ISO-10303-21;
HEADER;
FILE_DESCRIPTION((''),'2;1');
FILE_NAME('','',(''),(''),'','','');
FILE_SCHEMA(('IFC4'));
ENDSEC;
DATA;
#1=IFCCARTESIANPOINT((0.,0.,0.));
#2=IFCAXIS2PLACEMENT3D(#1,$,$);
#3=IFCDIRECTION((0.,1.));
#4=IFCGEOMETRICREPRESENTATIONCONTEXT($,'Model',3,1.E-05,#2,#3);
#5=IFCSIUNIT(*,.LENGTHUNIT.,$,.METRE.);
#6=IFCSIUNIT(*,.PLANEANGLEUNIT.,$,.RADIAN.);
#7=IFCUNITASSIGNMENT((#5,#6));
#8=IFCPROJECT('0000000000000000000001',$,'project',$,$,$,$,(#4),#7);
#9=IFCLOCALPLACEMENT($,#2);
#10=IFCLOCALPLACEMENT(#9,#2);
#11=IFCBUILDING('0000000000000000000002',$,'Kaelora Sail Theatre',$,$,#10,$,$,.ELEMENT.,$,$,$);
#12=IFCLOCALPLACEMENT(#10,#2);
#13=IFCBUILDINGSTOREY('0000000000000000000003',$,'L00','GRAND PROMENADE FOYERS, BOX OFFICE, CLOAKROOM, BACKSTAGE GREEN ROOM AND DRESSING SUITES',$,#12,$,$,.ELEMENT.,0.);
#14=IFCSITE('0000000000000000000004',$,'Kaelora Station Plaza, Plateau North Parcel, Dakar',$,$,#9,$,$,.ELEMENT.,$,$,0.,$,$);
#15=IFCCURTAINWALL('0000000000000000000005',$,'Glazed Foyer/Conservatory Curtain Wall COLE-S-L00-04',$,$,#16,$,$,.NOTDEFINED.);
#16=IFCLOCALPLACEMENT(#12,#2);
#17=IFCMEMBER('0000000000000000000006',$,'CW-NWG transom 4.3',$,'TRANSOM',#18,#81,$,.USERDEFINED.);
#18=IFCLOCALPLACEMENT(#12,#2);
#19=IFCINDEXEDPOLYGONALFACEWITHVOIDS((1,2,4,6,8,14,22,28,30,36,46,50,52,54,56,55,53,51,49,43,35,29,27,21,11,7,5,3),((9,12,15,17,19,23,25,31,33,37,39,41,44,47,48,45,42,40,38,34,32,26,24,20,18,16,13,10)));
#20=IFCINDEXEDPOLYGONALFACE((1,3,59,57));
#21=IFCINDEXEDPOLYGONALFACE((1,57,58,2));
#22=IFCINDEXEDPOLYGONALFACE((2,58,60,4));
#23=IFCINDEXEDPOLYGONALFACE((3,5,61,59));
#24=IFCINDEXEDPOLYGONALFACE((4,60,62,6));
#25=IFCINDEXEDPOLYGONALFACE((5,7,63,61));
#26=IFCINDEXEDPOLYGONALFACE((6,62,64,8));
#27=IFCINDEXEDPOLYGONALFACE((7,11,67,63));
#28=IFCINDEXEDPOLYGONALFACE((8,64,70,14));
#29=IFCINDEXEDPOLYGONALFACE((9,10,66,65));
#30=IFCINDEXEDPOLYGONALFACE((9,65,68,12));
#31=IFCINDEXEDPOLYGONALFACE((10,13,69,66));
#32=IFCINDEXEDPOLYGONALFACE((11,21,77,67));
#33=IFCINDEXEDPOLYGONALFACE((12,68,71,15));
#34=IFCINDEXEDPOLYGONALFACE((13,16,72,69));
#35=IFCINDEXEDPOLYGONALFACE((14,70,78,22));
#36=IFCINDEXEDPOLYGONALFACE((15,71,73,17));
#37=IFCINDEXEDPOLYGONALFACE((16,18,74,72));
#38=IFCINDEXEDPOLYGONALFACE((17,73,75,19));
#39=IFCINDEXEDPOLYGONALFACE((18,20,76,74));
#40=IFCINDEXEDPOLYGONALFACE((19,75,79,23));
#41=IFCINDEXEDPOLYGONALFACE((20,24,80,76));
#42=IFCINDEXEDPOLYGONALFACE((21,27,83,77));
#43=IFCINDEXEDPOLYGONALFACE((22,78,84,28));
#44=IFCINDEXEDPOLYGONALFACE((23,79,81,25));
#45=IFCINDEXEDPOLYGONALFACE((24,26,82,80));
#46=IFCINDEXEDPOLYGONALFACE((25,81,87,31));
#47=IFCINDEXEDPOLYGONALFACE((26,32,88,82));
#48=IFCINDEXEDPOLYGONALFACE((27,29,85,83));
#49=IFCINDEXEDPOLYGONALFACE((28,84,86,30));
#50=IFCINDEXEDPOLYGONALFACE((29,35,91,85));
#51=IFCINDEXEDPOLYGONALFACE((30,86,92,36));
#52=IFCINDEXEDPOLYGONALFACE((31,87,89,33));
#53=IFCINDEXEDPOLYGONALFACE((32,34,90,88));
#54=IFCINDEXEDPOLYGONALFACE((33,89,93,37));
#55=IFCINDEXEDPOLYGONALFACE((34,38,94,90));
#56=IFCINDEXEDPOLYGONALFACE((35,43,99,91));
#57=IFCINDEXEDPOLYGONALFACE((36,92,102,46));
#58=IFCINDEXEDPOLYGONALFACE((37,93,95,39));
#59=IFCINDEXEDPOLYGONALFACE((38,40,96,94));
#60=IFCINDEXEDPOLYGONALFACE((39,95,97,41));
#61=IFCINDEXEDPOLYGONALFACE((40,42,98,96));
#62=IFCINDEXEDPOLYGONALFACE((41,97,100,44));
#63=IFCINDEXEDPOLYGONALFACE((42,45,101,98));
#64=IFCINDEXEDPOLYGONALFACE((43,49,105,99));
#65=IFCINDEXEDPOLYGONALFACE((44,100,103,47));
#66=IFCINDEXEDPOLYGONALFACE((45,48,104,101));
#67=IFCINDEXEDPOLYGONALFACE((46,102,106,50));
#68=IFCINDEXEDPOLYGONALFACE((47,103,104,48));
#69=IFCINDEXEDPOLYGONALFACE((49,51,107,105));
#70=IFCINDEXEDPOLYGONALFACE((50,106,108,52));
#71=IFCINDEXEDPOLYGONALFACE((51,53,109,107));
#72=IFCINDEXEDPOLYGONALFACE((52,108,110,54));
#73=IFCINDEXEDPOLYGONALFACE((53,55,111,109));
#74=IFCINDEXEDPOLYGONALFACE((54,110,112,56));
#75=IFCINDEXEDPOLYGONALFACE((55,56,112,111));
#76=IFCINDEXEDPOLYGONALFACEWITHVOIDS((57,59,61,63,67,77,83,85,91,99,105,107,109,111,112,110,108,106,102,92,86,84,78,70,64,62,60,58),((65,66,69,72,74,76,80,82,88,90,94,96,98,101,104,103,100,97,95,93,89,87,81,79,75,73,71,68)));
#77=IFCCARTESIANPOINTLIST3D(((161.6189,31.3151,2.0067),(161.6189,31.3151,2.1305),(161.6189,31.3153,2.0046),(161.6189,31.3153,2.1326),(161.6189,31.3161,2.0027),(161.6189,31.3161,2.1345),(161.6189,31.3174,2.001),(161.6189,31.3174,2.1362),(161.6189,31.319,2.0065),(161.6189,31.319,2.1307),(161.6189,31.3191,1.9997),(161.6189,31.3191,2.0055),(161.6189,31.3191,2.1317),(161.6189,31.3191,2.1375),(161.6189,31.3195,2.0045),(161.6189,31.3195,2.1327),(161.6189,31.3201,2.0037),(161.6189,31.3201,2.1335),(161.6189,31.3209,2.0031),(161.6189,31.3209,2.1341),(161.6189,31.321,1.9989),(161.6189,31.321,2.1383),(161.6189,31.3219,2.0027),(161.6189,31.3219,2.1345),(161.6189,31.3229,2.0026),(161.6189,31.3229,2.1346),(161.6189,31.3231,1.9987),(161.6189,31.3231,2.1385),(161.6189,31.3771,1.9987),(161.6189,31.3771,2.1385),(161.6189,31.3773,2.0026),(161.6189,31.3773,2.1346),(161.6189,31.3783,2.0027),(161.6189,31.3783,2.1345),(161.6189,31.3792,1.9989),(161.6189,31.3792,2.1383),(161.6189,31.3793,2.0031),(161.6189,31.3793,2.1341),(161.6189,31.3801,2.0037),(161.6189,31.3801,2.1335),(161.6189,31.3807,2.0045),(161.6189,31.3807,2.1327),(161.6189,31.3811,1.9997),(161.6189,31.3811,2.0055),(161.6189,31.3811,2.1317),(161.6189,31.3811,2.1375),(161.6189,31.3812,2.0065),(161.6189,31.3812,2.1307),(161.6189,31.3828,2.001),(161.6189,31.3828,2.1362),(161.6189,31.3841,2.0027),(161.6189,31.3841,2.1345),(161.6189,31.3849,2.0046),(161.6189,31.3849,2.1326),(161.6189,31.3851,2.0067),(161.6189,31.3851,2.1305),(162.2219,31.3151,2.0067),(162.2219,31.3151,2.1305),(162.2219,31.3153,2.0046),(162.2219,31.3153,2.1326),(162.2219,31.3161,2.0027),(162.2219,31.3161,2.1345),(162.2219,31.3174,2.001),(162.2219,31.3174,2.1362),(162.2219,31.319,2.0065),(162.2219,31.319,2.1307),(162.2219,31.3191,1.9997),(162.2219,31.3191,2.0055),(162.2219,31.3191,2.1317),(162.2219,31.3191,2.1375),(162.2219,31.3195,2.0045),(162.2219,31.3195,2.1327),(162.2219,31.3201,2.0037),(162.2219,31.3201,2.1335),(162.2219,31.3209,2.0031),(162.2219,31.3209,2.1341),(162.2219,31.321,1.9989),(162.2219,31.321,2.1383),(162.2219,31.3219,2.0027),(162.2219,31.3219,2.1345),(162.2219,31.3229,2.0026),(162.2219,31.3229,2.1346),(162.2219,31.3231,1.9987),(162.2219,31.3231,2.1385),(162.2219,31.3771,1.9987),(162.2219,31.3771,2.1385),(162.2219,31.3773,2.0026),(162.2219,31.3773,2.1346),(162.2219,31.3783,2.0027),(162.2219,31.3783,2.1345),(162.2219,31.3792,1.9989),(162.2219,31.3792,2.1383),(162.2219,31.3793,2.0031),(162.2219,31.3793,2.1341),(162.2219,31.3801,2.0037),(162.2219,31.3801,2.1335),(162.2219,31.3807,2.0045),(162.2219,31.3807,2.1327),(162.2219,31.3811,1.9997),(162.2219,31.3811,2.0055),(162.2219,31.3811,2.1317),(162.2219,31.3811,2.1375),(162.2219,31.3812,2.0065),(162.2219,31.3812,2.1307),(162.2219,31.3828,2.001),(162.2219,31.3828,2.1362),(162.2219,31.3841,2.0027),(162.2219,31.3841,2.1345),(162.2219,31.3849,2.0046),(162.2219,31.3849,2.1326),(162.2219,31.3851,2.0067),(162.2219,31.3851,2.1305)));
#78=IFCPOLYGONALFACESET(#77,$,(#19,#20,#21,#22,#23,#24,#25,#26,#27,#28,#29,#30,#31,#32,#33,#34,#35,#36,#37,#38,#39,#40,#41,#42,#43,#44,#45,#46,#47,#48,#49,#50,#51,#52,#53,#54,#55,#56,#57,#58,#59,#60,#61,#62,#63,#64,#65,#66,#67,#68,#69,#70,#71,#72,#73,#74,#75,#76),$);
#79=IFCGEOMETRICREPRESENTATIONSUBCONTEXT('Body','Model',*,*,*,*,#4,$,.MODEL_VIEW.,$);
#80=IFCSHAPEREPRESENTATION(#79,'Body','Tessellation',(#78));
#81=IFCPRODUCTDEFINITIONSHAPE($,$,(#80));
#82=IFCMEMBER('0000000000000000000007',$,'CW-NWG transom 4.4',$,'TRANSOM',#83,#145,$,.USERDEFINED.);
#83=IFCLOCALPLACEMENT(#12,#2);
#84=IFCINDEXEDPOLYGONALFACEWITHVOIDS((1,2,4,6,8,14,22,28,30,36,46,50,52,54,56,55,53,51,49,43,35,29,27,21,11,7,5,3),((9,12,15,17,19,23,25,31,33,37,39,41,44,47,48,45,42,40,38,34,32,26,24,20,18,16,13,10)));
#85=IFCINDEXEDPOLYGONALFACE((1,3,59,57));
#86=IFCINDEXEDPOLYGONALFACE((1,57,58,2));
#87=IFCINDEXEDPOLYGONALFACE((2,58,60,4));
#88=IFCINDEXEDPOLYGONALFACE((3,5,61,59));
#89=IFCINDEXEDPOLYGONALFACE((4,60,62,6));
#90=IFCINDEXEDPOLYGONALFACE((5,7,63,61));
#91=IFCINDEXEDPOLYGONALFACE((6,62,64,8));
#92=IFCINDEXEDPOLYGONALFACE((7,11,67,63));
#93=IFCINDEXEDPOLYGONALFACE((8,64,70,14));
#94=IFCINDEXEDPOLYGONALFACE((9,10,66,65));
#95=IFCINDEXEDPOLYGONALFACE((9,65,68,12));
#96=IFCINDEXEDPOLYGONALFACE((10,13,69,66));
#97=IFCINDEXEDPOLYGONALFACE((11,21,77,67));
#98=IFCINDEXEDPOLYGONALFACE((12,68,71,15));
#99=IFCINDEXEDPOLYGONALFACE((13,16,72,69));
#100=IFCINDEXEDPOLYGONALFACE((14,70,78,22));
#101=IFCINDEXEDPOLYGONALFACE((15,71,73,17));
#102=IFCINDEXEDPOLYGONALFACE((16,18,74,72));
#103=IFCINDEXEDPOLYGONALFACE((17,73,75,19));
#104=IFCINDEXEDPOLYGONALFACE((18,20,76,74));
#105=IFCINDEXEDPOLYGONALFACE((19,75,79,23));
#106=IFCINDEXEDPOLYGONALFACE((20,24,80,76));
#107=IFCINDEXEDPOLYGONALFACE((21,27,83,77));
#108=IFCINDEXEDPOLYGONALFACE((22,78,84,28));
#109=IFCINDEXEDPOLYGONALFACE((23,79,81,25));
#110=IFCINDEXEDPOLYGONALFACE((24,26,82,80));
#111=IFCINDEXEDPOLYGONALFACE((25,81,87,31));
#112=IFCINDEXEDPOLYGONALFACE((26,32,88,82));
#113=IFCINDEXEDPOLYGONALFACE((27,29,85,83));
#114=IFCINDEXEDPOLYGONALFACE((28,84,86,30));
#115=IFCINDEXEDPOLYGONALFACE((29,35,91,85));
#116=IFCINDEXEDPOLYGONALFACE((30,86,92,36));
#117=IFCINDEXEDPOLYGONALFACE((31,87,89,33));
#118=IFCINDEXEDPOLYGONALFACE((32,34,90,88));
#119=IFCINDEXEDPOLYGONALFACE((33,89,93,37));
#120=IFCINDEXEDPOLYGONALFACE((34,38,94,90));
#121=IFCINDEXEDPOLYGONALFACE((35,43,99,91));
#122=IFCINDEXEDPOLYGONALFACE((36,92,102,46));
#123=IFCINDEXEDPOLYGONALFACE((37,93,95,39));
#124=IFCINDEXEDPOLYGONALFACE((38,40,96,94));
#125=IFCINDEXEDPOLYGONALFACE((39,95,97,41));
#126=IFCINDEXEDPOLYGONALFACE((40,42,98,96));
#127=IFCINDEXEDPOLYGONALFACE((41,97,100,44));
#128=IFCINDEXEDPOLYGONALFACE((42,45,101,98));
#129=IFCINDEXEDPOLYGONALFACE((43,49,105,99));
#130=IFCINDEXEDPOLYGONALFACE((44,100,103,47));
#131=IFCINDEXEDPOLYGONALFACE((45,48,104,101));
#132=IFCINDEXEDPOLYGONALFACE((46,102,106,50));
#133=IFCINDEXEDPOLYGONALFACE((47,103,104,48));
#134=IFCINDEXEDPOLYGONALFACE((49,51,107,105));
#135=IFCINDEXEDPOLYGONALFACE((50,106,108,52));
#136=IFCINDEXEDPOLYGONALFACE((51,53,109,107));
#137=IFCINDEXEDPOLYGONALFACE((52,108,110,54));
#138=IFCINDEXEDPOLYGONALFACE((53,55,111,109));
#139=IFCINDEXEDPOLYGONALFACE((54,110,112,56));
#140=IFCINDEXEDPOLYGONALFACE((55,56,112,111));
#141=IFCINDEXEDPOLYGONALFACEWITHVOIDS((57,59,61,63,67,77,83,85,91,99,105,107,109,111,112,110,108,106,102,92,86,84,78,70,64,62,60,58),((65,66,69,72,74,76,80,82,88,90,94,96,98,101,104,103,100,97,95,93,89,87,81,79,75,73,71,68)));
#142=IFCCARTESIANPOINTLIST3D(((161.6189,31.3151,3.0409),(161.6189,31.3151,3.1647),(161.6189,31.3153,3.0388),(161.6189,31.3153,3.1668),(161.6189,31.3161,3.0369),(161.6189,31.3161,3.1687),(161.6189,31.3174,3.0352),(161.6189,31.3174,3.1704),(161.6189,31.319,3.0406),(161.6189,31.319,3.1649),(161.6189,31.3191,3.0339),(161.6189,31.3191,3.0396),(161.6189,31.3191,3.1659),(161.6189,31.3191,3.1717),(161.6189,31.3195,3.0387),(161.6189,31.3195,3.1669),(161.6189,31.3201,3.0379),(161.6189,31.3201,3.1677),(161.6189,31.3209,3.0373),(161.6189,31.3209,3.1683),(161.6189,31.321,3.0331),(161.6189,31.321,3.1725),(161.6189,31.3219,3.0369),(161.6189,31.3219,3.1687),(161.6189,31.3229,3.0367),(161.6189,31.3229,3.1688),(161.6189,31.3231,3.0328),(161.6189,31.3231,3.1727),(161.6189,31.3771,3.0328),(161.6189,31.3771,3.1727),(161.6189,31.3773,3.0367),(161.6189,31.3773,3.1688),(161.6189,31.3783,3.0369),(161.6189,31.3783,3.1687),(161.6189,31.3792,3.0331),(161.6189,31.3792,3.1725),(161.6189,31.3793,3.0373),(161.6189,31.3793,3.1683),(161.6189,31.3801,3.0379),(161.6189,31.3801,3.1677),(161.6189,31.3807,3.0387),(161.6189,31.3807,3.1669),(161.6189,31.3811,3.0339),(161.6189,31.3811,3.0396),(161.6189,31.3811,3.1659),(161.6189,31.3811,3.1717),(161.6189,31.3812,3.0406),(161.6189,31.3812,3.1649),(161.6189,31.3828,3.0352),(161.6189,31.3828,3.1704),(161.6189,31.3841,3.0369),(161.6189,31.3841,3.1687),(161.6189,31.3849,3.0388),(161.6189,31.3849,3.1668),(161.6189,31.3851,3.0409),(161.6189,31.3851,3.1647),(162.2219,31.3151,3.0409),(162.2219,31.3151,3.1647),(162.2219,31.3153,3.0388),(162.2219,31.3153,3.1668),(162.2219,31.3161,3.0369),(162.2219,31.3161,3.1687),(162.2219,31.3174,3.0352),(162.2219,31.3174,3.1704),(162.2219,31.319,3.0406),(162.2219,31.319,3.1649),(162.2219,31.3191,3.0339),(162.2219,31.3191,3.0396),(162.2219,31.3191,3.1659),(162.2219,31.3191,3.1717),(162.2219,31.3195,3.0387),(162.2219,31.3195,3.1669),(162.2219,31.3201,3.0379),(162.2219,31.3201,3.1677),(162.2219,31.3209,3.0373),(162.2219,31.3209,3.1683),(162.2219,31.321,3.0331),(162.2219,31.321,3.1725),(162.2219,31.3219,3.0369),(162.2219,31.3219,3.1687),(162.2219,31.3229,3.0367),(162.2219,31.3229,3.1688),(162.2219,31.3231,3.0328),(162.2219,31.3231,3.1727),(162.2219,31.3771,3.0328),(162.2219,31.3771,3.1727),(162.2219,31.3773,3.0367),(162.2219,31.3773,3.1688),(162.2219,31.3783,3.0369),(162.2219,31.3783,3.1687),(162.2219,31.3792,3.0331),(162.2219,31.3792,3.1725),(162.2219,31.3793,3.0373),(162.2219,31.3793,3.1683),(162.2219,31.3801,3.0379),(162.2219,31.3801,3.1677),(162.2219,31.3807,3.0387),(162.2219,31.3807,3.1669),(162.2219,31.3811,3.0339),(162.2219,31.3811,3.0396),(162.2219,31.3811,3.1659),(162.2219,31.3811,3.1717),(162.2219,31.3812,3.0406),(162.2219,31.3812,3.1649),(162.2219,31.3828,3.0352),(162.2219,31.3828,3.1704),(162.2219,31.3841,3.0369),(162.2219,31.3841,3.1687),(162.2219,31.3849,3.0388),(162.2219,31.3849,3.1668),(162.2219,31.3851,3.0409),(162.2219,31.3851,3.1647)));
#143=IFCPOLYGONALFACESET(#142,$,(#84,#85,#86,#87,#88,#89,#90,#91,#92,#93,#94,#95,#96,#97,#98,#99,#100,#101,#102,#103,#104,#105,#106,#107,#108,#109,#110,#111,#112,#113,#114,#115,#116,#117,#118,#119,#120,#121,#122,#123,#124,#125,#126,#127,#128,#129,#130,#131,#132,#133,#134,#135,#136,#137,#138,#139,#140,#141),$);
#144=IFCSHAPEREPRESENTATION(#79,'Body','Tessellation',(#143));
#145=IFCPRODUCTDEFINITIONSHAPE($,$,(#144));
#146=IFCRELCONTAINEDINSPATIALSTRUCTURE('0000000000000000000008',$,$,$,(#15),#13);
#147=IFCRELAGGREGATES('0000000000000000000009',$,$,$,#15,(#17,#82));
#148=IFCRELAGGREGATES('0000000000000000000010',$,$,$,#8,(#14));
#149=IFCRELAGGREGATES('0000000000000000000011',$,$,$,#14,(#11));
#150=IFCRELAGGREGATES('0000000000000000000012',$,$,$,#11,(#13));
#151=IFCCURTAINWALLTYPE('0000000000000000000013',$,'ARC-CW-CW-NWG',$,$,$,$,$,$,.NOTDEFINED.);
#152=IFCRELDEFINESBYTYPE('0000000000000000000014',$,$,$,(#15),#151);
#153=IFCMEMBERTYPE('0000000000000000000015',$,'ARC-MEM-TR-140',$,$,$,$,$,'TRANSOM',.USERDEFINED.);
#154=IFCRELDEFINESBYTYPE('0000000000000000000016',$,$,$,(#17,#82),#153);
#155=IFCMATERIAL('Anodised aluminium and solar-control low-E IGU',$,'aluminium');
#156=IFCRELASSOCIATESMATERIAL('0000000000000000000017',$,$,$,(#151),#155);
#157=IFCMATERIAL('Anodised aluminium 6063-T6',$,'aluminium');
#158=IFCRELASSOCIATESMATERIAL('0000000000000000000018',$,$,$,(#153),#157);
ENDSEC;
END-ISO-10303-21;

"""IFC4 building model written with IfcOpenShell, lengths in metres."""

from ifc_helpers import new_model, si_unit, direction, frame, origin, origin_2d, place, context, subcontext, project, spatial, hollow_rectangle, extrude, material, material_profile, profile_set, type_object, element, aggregate, save


model = new_model("IFC4")

# Units and contexts
model_context = context("Model", 3, precision=1e-05, world=origin(), true_north=direction((0.0, 1.0)))
body_context = subcontext(model_context, "Body", "Model", "MODEL_VIEW")
ifc_project = project(units=[si_unit("LENGTHUNIT", "METRE"), si_unit("PLANEANGLEUNIT", "RADIAN")], contexts=[model_context])

# Site, building, storey
site_placement = place(None, origin())
site = spatial("IfcSite", under=ifc_project, at=site_placement, Name="Kaelora Station Plaza, Plateau North Parcel, Dakar", CompositionType="ELEMENT", RefElevation=0.0)
building_placement = place(site_placement, origin())
building = spatial("IfcBuilding", under=site, at=building_placement, Name="Kaelora Sail Theatre", CompositionType="ELEMENT")
storey_placement = place(building_placement, origin())
storey = spatial("IfcBuildingStorey", under=building, at=storey_placement, Name="L00", Description="GRAND PROMENADE FOYERS, BOX OFFICE, CLOAKROOM, BACKSTAGE GREEN ROOM AND DRESSING SUITES", CompositionType="ELEMENT", Elevation=0.0)

# Curtain wall, members
ifc_material_1 = material(Name="Anodised aluminium and solar-control low-E IGU", Category="aluminium")
curtain_wall_type_1 = type_object("IfcCurtainWallType", Name="ARC-CW-CW-NWG", PredefinedType="NOTDEFINED", material=ifc_material_1)
curtain_wall_1_placement = place(storey_placement, origin())
curtain_wall_1 = element("IfcCurtainWall", 1, at=curtain_wall_1_placement, inside=storey, type_object=curtain_wall_type_1, Name="Glazed Foyer/Conservatory Curtain Wall COLE-S-L00-04", PredefinedType="NOTDEFINED")
ifc_material_2 = material(Name="Anodised aluminium 6063-T6", Category="aluminium")
ifc_material_profile = material_profile(ifc_material_2, hollow_rectangle(XDim=0.0701, YDim=0.1399, WallThickness=0.0039, InnerFilletRadius=0.0039, OuterFilletRadius=0.0081, at=origin_2d()), Name="ALU-TRAN 70x140x4")
ifc_profile_set = profile_set([ifc_material_profile], Name="Anodised aluminium 6063-T6")
member_type = type_object("IfcMemberType", Name="ARC-MEM-TR-140", ElementType="TRANSOM", PredefinedType="USERDEFINED", material=ifc_profile_set)
member_1_placement = place(storey_placement, frame((161.6189, 31.3501, 2.0686), z_axis=(1.0, 0.0, 0.0), x_axis=(0.0, 1.0, 0.0)))
member_1 = element("IfcMember", 2, at=member_1_placement, type_object=member_type, Name="CW-NWG transom 4.3", ObjectType="TRANSOM", PredefinedType="USERDEFINED", context=body_context, shape_type="SweptSolid", body=[
    extrude(hollow_rectangle(XDim=0.0701, YDim=0.1399, WallThickness=0.0039, InnerFilletRadius=0.0039, OuterFilletRadius=0.0081, at=origin_2d()), origin(), (0.0, 0.0, 1.0), 0.603),
])
member_2_placement = place(storey_placement, frame((161.6189, 31.3501, 3.1028), z_axis=(1.0, 0.0, 0.0), x_axis=(0.0, 1.0, 0.0)))
member_2 = element("IfcMember", 3, at=member_2_placement, type_object=member_type, Name="CW-NWG transom 4.4", ObjectType="TRANSOM", PredefinedType="USERDEFINED", context=body_context, shape_type="SweptSolid", body=[
    extrude(hollow_rectangle(XDim=0.0701, YDim=0.1399, WallThickness=0.0039, InnerFilletRadius=0.0039, OuterFilletRadius=0.0081, at=origin_2d()), origin(), (0.0, 0.0, 1.0), 0.603),
])

aggregate(curtain_wall_1, [member_1, member_2])

save(model, "model.ifc")
